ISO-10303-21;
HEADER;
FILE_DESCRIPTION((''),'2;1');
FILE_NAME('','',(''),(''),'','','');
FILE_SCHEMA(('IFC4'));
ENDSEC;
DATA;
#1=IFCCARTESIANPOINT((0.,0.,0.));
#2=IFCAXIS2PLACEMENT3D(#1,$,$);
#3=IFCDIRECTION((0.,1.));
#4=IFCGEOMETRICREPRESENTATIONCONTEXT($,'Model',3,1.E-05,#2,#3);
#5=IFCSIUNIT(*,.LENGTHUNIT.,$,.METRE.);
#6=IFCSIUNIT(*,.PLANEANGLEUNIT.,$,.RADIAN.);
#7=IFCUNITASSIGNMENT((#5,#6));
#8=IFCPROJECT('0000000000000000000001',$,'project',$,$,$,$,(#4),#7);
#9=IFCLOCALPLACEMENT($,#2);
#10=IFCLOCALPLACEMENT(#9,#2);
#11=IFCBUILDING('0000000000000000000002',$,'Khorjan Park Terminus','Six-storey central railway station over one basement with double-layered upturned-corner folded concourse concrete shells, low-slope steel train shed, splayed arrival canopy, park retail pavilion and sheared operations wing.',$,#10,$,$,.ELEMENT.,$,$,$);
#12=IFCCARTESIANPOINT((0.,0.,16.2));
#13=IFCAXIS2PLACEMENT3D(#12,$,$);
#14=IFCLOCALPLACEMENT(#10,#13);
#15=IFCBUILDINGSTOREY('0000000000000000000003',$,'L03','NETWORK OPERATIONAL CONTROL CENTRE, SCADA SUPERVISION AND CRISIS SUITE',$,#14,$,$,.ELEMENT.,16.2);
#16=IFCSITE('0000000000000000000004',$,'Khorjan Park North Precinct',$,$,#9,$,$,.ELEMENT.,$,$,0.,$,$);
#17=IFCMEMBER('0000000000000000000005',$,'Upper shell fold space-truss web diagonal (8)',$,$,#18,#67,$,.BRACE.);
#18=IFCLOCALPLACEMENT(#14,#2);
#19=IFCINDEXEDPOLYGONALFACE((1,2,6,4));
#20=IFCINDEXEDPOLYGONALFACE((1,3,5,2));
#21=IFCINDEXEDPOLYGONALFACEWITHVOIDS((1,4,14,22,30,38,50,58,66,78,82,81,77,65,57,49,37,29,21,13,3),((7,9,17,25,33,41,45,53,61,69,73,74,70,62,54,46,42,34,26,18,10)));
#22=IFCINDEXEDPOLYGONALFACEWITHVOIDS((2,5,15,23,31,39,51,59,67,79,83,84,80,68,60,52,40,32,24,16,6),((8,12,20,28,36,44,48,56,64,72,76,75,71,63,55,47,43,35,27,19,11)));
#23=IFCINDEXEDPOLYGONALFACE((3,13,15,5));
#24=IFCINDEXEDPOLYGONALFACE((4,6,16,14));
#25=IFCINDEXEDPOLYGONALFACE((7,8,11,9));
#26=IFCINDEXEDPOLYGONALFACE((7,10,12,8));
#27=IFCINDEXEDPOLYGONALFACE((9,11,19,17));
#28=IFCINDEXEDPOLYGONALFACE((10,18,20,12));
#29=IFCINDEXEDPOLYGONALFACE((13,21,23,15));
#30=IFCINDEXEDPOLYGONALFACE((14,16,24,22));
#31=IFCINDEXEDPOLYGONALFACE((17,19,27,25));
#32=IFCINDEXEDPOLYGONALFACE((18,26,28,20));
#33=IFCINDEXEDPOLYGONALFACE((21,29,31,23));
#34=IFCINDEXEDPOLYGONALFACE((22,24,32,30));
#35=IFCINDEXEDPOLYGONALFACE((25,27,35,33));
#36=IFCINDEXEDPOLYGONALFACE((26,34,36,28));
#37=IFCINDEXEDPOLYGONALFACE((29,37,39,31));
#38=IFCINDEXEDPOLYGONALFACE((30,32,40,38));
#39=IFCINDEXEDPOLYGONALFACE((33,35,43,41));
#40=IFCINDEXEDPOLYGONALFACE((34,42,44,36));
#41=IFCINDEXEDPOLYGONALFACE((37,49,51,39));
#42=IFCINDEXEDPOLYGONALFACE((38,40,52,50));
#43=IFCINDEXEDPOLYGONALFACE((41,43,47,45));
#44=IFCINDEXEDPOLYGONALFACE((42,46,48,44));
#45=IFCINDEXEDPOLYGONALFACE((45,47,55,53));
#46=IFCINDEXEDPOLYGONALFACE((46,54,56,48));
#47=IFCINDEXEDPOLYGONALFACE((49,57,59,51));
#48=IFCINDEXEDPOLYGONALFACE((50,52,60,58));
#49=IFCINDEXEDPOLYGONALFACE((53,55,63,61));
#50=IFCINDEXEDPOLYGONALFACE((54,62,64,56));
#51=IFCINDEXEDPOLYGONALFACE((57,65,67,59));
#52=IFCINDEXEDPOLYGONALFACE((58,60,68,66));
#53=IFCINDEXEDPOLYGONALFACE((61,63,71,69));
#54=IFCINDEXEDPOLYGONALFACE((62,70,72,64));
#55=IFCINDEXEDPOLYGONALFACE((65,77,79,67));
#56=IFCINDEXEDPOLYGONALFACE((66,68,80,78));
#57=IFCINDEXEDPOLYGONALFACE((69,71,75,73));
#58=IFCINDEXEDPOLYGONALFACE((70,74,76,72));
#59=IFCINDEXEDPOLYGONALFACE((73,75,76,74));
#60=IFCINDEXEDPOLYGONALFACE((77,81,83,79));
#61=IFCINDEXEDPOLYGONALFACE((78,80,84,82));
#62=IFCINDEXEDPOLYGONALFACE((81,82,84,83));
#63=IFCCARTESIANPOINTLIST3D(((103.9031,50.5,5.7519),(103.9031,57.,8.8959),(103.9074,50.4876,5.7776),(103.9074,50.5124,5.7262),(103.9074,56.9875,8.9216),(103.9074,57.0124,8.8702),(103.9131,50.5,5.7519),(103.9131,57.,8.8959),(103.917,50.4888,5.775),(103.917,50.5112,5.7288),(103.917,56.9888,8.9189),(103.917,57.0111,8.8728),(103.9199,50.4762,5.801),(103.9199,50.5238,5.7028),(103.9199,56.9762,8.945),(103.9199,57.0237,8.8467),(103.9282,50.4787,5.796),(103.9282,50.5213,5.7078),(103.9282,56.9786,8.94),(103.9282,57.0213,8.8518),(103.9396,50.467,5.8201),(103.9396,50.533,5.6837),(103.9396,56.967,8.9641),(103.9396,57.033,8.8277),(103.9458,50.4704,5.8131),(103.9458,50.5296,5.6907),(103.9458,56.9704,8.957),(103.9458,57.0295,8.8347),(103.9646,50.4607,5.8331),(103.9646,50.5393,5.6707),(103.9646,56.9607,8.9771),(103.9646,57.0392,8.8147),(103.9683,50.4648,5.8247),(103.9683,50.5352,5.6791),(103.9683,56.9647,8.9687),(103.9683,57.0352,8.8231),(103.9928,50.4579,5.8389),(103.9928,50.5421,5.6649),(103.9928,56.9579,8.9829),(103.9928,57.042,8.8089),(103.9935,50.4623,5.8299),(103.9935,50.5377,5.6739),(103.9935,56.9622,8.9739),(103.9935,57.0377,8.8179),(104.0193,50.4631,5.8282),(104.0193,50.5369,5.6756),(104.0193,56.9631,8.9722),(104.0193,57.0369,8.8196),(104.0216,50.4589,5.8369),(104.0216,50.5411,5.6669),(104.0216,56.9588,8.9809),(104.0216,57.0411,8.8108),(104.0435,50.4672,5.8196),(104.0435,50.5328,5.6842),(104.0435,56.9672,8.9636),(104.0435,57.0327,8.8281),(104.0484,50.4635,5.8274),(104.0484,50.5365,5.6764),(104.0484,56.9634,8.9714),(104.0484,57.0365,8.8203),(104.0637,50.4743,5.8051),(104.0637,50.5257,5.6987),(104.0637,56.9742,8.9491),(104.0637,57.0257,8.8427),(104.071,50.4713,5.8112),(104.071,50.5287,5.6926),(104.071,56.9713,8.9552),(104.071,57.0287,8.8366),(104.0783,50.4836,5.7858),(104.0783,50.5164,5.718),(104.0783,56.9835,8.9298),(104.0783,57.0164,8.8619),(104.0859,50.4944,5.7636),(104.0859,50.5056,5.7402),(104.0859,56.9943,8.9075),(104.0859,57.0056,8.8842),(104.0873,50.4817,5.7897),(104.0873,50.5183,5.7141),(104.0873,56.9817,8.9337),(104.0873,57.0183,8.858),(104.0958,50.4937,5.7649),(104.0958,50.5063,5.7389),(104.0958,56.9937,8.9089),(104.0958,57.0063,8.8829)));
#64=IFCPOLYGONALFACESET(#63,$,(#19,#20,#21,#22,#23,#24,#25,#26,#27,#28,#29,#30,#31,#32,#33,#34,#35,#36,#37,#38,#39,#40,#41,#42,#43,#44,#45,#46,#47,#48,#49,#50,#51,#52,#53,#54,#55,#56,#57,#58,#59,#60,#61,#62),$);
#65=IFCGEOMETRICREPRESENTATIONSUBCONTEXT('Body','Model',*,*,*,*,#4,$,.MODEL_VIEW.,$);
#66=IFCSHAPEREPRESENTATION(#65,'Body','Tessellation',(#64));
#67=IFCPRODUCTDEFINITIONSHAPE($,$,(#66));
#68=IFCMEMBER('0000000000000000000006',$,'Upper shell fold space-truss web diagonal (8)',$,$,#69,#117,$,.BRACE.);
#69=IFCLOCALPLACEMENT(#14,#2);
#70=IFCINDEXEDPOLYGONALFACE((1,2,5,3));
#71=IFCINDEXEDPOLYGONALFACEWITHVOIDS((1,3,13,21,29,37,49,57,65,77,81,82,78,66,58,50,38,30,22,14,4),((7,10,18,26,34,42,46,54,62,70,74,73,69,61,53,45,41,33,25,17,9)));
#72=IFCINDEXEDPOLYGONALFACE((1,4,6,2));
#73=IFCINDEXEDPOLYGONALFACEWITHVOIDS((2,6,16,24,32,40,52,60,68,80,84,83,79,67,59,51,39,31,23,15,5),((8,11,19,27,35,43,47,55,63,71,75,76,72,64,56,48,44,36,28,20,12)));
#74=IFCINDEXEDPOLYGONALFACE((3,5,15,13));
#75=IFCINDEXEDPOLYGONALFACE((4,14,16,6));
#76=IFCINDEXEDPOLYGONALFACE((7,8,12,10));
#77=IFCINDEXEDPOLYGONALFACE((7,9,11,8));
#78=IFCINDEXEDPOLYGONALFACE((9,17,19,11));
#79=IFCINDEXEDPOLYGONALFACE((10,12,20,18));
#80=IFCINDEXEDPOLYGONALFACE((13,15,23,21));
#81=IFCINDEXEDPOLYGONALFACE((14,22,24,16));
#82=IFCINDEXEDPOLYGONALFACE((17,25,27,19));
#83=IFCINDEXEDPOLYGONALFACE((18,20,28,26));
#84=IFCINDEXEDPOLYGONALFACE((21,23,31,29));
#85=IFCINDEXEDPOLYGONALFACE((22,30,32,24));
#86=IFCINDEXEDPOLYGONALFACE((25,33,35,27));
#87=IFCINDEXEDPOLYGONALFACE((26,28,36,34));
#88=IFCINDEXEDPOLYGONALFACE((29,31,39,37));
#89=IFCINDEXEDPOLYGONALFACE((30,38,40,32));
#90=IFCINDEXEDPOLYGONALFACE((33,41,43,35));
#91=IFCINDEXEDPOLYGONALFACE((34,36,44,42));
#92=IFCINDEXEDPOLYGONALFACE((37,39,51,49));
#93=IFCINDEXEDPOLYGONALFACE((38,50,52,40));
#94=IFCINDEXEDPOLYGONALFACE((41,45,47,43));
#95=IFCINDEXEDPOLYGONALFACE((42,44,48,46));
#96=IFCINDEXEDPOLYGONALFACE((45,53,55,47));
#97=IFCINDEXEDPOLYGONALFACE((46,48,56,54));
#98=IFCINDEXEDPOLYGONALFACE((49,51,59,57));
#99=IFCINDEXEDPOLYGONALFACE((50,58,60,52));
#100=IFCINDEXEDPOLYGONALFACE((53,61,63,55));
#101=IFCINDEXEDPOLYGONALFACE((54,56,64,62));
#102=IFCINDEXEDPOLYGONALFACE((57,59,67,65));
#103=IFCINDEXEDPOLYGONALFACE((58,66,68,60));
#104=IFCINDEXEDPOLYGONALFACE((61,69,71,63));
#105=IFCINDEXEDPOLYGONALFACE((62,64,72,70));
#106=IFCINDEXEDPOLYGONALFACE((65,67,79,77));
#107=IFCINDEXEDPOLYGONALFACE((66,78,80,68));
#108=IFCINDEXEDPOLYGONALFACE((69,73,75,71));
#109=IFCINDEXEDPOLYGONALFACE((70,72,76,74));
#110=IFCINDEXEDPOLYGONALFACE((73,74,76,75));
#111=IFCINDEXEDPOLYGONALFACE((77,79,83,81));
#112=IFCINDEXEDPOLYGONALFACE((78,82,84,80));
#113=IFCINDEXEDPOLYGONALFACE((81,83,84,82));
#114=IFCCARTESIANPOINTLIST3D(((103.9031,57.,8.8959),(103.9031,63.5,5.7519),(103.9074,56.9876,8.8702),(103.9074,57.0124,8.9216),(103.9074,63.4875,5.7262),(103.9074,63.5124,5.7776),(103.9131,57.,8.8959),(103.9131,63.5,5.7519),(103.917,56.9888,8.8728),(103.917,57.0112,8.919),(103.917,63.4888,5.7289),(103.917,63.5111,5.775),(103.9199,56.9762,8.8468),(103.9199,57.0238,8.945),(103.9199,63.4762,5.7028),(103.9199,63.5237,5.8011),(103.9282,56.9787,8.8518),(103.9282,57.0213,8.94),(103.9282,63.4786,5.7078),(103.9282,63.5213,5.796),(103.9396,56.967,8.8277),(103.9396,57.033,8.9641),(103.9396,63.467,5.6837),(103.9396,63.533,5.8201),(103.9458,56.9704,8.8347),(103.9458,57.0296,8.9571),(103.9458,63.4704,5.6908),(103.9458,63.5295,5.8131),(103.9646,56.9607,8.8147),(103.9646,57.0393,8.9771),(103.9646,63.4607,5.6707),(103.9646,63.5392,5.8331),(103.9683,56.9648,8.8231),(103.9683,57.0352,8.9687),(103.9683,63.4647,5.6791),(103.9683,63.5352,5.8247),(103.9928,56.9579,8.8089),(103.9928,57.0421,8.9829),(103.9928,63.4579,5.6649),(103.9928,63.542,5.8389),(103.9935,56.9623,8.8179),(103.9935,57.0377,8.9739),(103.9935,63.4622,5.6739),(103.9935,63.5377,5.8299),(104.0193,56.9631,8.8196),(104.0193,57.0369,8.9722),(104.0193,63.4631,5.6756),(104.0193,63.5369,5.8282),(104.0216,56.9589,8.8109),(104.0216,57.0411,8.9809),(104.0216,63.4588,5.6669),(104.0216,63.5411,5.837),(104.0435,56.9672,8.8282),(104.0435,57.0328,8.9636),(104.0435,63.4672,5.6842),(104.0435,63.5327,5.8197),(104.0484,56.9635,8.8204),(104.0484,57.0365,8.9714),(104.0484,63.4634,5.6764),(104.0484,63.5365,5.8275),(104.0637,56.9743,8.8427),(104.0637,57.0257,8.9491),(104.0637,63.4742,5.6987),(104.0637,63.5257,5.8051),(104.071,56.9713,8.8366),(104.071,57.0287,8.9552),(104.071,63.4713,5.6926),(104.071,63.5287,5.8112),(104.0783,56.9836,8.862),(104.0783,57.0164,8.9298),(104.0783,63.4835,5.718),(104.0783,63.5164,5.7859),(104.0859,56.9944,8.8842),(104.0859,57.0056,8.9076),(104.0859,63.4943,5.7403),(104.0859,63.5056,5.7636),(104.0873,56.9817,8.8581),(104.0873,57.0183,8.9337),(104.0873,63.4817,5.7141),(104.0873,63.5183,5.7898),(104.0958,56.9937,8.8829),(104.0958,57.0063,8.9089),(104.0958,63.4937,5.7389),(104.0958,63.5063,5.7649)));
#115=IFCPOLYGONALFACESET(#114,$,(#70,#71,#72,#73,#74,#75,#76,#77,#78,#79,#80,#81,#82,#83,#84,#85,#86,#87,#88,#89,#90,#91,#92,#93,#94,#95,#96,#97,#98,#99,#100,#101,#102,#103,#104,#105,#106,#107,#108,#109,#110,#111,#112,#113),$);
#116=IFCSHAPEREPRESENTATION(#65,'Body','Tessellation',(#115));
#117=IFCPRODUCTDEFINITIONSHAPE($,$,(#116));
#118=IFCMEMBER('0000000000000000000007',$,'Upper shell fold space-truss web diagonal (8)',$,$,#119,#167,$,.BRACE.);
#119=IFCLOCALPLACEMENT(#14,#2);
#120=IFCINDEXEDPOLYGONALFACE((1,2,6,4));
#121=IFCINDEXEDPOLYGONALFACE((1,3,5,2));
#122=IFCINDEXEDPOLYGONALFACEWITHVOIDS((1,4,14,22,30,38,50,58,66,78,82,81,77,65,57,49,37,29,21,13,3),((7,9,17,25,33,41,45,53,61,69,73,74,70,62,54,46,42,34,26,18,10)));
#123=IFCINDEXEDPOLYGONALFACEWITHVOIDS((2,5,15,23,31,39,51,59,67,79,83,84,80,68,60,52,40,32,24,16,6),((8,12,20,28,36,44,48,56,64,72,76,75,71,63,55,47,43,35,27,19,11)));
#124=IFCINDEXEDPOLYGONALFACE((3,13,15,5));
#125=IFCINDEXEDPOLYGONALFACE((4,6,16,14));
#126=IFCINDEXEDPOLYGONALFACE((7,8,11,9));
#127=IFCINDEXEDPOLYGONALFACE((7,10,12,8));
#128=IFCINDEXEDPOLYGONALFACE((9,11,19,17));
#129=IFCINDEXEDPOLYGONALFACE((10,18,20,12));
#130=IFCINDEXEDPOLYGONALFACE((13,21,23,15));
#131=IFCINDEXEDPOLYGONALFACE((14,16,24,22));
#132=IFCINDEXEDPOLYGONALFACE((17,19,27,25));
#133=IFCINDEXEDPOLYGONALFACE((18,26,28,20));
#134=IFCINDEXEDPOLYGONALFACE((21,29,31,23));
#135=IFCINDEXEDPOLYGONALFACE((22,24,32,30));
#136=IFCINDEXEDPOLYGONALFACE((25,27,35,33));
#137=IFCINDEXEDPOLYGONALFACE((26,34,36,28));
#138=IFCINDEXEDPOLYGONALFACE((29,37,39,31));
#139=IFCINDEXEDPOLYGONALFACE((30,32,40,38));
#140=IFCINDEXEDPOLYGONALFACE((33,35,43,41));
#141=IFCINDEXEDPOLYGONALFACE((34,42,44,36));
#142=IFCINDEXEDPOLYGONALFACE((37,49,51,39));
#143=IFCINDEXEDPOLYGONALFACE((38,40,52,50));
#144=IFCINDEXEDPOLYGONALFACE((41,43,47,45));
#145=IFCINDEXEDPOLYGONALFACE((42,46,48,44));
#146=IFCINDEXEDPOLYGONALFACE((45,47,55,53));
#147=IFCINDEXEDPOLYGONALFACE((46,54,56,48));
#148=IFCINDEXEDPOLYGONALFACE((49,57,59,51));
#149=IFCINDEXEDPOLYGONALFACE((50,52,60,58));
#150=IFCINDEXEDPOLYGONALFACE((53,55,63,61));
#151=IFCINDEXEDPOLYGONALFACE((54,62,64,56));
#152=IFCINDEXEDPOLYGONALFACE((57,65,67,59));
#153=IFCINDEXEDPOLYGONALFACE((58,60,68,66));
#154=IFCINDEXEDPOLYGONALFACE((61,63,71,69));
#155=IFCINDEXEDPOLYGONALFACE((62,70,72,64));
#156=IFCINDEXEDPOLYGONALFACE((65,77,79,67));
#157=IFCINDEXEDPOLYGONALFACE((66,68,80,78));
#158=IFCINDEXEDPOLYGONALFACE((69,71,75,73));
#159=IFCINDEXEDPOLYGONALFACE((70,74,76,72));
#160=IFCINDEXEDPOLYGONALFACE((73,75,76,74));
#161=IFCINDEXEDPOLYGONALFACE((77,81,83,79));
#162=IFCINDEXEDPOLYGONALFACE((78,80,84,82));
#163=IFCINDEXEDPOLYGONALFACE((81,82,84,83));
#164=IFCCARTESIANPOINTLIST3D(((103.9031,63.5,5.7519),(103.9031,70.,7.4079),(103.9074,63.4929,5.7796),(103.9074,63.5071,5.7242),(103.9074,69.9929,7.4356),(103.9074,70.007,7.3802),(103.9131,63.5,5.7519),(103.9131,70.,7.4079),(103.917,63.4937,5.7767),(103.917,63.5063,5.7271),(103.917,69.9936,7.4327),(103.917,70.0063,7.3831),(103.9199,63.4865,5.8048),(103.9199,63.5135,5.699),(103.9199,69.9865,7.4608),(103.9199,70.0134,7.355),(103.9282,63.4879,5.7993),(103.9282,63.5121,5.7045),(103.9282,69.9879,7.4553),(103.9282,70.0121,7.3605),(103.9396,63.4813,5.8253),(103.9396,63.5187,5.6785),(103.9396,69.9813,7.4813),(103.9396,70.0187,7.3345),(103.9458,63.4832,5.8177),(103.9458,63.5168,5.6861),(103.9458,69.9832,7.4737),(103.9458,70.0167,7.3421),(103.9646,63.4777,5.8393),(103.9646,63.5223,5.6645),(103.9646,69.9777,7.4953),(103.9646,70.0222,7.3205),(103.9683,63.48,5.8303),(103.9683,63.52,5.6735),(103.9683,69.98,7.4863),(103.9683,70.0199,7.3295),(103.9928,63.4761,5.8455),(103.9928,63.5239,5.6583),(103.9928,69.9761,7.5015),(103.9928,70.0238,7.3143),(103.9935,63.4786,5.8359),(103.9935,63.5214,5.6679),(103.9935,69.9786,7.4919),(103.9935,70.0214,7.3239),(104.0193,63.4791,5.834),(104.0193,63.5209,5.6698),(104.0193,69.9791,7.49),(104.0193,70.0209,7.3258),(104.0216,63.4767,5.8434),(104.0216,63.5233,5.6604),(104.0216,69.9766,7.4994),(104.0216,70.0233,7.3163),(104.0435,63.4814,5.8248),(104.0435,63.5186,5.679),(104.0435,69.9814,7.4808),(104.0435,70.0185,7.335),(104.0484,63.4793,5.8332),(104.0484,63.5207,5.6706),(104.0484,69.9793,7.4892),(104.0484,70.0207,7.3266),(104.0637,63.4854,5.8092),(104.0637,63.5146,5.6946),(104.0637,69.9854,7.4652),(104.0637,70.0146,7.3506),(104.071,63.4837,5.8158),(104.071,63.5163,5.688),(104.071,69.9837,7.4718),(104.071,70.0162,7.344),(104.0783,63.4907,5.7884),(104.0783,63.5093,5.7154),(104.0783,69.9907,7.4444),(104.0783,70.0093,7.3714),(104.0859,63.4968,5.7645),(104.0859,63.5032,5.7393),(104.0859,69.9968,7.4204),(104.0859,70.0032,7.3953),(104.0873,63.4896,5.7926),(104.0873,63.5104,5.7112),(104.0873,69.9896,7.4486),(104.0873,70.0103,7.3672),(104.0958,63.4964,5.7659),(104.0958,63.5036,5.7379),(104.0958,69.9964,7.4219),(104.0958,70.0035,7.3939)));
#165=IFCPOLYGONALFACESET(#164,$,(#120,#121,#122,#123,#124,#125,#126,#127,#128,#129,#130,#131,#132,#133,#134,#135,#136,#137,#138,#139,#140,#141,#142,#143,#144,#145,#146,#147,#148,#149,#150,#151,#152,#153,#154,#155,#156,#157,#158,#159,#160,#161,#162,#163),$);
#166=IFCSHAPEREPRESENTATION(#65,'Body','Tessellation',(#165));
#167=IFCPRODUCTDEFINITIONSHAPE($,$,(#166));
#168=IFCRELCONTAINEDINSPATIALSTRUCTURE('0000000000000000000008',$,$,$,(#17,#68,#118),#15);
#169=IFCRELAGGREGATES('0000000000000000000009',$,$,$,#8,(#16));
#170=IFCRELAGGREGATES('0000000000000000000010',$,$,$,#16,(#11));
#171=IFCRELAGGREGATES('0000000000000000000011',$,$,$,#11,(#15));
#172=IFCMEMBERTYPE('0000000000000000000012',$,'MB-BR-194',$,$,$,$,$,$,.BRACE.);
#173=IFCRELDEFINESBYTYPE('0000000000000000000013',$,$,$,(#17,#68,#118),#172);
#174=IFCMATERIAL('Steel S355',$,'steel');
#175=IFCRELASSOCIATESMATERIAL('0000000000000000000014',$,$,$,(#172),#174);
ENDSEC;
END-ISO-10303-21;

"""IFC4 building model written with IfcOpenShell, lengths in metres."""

from ifc_helpers import new_model, si_unit, direction, frame, origin, origin_2d, place, context, subcontext, project, spatial, hollow_circle, extrude, material, material_profile, profile_set, type_object, element, save


model = new_model("IFC4")

# Units and contexts
model_context = context("Model", 3, precision=1e-05, world=origin(), true_north=direction((0.0, 1.0)))
body_context = subcontext(model_context, "Body", "Model", "MODEL_VIEW")
ifc_project = project(units=[si_unit("LENGTHUNIT", "METRE"), si_unit("PLANEANGLEUNIT", "RADIAN")], contexts=[model_context])

# Site, building, storey
site_placement = place(None, origin())
site = spatial("IfcSite", under=ifc_project, at=site_placement, Name="Khorjan Park North Precinct", CompositionType="ELEMENT", RefElevation=0.0)
building_placement = place(site_placement, origin())
building = spatial("IfcBuilding", under=site, at=building_placement, Name="Khorjan Park Terminus", Description="Six-storey central railway station over one basement with double-layered upturned-corner folded concourse concrete shells, low-slope steel train shed, splayed arrival canopy, park retail pavilion and sheared operations wing.", CompositionType="ELEMENT")
storey_placement = place(building_placement, frame((0.0, 0.0, 16.2)))
storey = spatial("IfcBuildingStorey", under=building, at=storey_placement, Name="L03", Description="NETWORK OPERATIONAL CONTROL CENTRE, SCADA SUPERVISION AND CRISIS SUITE", CompositionType="ELEMENT", Elevation=16.2)

# Members
ifc_material = material(Name="Steel S355", Category="steel")
ifc_material_profile_1 = material_profile(ifc_material, hollow_circle(Radius=0.0969, WallThickness=0.01, at=origin_2d()), Name="CHS 193.7x10")
ifc_profile_set_1 = profile_set([ifc_material_profile_1], Name="Steel S355")
member_type_1 = type_object("IfcMemberType", Name="MB-BR-194", PredefinedType="BRACE", material=ifc_profile_set_1)
for number, where, z_axis, x_axis, name in (
    (1, (104.0, 50.5, 5.7519), (0.0, 0.900222, 0.435431), (-1.0, 0.0, 0.0), "Upper shell fold space-truss web diagonal (8)"),
    (2, (104.0, 57.0, 8.8959), (0.0, 0.900222, -0.435431), (-1.0, 0.0, 0.0), "Upper shell fold space-truss web diagonal (8)"),
):
    element("IfcMember", number, at=place(storey_placement, frame(where, z_axis=z_axis, x_axis=x_axis)), inside=storey, type_object=member_type_1, Name=name, PredefinedType="BRACE", context=body_context, shape_type="SweptSolid", body=[
        extrude(hollow_circle(Radius=0.0969, WallThickness=0.01, at=origin_2d()), origin(), (0.0, 0.0, 1.0), 7.2204),
    ])
member_1_placement = place(storey_placement, frame((104.0, 63.5, 5.7519), z_axis=(0.0, 0.969045, 0.246883), x_axis=(-1.0, 0.0, 0.0)))
element("IfcMember", 3, at=member_1_placement, inside=storey, type_object=member_type_1, Name="Upper shell fold space-truss web diagonal (8)", PredefinedType="BRACE", context=body_context, shape_type="SweptSolid", body=[
    extrude(hollow_circle(Radius=0.0969, WallThickness=0.01, at=origin_2d()), origin(), (0.0, 0.0, 1.0), 6.7076),
])

save(model, "model.ifc")
